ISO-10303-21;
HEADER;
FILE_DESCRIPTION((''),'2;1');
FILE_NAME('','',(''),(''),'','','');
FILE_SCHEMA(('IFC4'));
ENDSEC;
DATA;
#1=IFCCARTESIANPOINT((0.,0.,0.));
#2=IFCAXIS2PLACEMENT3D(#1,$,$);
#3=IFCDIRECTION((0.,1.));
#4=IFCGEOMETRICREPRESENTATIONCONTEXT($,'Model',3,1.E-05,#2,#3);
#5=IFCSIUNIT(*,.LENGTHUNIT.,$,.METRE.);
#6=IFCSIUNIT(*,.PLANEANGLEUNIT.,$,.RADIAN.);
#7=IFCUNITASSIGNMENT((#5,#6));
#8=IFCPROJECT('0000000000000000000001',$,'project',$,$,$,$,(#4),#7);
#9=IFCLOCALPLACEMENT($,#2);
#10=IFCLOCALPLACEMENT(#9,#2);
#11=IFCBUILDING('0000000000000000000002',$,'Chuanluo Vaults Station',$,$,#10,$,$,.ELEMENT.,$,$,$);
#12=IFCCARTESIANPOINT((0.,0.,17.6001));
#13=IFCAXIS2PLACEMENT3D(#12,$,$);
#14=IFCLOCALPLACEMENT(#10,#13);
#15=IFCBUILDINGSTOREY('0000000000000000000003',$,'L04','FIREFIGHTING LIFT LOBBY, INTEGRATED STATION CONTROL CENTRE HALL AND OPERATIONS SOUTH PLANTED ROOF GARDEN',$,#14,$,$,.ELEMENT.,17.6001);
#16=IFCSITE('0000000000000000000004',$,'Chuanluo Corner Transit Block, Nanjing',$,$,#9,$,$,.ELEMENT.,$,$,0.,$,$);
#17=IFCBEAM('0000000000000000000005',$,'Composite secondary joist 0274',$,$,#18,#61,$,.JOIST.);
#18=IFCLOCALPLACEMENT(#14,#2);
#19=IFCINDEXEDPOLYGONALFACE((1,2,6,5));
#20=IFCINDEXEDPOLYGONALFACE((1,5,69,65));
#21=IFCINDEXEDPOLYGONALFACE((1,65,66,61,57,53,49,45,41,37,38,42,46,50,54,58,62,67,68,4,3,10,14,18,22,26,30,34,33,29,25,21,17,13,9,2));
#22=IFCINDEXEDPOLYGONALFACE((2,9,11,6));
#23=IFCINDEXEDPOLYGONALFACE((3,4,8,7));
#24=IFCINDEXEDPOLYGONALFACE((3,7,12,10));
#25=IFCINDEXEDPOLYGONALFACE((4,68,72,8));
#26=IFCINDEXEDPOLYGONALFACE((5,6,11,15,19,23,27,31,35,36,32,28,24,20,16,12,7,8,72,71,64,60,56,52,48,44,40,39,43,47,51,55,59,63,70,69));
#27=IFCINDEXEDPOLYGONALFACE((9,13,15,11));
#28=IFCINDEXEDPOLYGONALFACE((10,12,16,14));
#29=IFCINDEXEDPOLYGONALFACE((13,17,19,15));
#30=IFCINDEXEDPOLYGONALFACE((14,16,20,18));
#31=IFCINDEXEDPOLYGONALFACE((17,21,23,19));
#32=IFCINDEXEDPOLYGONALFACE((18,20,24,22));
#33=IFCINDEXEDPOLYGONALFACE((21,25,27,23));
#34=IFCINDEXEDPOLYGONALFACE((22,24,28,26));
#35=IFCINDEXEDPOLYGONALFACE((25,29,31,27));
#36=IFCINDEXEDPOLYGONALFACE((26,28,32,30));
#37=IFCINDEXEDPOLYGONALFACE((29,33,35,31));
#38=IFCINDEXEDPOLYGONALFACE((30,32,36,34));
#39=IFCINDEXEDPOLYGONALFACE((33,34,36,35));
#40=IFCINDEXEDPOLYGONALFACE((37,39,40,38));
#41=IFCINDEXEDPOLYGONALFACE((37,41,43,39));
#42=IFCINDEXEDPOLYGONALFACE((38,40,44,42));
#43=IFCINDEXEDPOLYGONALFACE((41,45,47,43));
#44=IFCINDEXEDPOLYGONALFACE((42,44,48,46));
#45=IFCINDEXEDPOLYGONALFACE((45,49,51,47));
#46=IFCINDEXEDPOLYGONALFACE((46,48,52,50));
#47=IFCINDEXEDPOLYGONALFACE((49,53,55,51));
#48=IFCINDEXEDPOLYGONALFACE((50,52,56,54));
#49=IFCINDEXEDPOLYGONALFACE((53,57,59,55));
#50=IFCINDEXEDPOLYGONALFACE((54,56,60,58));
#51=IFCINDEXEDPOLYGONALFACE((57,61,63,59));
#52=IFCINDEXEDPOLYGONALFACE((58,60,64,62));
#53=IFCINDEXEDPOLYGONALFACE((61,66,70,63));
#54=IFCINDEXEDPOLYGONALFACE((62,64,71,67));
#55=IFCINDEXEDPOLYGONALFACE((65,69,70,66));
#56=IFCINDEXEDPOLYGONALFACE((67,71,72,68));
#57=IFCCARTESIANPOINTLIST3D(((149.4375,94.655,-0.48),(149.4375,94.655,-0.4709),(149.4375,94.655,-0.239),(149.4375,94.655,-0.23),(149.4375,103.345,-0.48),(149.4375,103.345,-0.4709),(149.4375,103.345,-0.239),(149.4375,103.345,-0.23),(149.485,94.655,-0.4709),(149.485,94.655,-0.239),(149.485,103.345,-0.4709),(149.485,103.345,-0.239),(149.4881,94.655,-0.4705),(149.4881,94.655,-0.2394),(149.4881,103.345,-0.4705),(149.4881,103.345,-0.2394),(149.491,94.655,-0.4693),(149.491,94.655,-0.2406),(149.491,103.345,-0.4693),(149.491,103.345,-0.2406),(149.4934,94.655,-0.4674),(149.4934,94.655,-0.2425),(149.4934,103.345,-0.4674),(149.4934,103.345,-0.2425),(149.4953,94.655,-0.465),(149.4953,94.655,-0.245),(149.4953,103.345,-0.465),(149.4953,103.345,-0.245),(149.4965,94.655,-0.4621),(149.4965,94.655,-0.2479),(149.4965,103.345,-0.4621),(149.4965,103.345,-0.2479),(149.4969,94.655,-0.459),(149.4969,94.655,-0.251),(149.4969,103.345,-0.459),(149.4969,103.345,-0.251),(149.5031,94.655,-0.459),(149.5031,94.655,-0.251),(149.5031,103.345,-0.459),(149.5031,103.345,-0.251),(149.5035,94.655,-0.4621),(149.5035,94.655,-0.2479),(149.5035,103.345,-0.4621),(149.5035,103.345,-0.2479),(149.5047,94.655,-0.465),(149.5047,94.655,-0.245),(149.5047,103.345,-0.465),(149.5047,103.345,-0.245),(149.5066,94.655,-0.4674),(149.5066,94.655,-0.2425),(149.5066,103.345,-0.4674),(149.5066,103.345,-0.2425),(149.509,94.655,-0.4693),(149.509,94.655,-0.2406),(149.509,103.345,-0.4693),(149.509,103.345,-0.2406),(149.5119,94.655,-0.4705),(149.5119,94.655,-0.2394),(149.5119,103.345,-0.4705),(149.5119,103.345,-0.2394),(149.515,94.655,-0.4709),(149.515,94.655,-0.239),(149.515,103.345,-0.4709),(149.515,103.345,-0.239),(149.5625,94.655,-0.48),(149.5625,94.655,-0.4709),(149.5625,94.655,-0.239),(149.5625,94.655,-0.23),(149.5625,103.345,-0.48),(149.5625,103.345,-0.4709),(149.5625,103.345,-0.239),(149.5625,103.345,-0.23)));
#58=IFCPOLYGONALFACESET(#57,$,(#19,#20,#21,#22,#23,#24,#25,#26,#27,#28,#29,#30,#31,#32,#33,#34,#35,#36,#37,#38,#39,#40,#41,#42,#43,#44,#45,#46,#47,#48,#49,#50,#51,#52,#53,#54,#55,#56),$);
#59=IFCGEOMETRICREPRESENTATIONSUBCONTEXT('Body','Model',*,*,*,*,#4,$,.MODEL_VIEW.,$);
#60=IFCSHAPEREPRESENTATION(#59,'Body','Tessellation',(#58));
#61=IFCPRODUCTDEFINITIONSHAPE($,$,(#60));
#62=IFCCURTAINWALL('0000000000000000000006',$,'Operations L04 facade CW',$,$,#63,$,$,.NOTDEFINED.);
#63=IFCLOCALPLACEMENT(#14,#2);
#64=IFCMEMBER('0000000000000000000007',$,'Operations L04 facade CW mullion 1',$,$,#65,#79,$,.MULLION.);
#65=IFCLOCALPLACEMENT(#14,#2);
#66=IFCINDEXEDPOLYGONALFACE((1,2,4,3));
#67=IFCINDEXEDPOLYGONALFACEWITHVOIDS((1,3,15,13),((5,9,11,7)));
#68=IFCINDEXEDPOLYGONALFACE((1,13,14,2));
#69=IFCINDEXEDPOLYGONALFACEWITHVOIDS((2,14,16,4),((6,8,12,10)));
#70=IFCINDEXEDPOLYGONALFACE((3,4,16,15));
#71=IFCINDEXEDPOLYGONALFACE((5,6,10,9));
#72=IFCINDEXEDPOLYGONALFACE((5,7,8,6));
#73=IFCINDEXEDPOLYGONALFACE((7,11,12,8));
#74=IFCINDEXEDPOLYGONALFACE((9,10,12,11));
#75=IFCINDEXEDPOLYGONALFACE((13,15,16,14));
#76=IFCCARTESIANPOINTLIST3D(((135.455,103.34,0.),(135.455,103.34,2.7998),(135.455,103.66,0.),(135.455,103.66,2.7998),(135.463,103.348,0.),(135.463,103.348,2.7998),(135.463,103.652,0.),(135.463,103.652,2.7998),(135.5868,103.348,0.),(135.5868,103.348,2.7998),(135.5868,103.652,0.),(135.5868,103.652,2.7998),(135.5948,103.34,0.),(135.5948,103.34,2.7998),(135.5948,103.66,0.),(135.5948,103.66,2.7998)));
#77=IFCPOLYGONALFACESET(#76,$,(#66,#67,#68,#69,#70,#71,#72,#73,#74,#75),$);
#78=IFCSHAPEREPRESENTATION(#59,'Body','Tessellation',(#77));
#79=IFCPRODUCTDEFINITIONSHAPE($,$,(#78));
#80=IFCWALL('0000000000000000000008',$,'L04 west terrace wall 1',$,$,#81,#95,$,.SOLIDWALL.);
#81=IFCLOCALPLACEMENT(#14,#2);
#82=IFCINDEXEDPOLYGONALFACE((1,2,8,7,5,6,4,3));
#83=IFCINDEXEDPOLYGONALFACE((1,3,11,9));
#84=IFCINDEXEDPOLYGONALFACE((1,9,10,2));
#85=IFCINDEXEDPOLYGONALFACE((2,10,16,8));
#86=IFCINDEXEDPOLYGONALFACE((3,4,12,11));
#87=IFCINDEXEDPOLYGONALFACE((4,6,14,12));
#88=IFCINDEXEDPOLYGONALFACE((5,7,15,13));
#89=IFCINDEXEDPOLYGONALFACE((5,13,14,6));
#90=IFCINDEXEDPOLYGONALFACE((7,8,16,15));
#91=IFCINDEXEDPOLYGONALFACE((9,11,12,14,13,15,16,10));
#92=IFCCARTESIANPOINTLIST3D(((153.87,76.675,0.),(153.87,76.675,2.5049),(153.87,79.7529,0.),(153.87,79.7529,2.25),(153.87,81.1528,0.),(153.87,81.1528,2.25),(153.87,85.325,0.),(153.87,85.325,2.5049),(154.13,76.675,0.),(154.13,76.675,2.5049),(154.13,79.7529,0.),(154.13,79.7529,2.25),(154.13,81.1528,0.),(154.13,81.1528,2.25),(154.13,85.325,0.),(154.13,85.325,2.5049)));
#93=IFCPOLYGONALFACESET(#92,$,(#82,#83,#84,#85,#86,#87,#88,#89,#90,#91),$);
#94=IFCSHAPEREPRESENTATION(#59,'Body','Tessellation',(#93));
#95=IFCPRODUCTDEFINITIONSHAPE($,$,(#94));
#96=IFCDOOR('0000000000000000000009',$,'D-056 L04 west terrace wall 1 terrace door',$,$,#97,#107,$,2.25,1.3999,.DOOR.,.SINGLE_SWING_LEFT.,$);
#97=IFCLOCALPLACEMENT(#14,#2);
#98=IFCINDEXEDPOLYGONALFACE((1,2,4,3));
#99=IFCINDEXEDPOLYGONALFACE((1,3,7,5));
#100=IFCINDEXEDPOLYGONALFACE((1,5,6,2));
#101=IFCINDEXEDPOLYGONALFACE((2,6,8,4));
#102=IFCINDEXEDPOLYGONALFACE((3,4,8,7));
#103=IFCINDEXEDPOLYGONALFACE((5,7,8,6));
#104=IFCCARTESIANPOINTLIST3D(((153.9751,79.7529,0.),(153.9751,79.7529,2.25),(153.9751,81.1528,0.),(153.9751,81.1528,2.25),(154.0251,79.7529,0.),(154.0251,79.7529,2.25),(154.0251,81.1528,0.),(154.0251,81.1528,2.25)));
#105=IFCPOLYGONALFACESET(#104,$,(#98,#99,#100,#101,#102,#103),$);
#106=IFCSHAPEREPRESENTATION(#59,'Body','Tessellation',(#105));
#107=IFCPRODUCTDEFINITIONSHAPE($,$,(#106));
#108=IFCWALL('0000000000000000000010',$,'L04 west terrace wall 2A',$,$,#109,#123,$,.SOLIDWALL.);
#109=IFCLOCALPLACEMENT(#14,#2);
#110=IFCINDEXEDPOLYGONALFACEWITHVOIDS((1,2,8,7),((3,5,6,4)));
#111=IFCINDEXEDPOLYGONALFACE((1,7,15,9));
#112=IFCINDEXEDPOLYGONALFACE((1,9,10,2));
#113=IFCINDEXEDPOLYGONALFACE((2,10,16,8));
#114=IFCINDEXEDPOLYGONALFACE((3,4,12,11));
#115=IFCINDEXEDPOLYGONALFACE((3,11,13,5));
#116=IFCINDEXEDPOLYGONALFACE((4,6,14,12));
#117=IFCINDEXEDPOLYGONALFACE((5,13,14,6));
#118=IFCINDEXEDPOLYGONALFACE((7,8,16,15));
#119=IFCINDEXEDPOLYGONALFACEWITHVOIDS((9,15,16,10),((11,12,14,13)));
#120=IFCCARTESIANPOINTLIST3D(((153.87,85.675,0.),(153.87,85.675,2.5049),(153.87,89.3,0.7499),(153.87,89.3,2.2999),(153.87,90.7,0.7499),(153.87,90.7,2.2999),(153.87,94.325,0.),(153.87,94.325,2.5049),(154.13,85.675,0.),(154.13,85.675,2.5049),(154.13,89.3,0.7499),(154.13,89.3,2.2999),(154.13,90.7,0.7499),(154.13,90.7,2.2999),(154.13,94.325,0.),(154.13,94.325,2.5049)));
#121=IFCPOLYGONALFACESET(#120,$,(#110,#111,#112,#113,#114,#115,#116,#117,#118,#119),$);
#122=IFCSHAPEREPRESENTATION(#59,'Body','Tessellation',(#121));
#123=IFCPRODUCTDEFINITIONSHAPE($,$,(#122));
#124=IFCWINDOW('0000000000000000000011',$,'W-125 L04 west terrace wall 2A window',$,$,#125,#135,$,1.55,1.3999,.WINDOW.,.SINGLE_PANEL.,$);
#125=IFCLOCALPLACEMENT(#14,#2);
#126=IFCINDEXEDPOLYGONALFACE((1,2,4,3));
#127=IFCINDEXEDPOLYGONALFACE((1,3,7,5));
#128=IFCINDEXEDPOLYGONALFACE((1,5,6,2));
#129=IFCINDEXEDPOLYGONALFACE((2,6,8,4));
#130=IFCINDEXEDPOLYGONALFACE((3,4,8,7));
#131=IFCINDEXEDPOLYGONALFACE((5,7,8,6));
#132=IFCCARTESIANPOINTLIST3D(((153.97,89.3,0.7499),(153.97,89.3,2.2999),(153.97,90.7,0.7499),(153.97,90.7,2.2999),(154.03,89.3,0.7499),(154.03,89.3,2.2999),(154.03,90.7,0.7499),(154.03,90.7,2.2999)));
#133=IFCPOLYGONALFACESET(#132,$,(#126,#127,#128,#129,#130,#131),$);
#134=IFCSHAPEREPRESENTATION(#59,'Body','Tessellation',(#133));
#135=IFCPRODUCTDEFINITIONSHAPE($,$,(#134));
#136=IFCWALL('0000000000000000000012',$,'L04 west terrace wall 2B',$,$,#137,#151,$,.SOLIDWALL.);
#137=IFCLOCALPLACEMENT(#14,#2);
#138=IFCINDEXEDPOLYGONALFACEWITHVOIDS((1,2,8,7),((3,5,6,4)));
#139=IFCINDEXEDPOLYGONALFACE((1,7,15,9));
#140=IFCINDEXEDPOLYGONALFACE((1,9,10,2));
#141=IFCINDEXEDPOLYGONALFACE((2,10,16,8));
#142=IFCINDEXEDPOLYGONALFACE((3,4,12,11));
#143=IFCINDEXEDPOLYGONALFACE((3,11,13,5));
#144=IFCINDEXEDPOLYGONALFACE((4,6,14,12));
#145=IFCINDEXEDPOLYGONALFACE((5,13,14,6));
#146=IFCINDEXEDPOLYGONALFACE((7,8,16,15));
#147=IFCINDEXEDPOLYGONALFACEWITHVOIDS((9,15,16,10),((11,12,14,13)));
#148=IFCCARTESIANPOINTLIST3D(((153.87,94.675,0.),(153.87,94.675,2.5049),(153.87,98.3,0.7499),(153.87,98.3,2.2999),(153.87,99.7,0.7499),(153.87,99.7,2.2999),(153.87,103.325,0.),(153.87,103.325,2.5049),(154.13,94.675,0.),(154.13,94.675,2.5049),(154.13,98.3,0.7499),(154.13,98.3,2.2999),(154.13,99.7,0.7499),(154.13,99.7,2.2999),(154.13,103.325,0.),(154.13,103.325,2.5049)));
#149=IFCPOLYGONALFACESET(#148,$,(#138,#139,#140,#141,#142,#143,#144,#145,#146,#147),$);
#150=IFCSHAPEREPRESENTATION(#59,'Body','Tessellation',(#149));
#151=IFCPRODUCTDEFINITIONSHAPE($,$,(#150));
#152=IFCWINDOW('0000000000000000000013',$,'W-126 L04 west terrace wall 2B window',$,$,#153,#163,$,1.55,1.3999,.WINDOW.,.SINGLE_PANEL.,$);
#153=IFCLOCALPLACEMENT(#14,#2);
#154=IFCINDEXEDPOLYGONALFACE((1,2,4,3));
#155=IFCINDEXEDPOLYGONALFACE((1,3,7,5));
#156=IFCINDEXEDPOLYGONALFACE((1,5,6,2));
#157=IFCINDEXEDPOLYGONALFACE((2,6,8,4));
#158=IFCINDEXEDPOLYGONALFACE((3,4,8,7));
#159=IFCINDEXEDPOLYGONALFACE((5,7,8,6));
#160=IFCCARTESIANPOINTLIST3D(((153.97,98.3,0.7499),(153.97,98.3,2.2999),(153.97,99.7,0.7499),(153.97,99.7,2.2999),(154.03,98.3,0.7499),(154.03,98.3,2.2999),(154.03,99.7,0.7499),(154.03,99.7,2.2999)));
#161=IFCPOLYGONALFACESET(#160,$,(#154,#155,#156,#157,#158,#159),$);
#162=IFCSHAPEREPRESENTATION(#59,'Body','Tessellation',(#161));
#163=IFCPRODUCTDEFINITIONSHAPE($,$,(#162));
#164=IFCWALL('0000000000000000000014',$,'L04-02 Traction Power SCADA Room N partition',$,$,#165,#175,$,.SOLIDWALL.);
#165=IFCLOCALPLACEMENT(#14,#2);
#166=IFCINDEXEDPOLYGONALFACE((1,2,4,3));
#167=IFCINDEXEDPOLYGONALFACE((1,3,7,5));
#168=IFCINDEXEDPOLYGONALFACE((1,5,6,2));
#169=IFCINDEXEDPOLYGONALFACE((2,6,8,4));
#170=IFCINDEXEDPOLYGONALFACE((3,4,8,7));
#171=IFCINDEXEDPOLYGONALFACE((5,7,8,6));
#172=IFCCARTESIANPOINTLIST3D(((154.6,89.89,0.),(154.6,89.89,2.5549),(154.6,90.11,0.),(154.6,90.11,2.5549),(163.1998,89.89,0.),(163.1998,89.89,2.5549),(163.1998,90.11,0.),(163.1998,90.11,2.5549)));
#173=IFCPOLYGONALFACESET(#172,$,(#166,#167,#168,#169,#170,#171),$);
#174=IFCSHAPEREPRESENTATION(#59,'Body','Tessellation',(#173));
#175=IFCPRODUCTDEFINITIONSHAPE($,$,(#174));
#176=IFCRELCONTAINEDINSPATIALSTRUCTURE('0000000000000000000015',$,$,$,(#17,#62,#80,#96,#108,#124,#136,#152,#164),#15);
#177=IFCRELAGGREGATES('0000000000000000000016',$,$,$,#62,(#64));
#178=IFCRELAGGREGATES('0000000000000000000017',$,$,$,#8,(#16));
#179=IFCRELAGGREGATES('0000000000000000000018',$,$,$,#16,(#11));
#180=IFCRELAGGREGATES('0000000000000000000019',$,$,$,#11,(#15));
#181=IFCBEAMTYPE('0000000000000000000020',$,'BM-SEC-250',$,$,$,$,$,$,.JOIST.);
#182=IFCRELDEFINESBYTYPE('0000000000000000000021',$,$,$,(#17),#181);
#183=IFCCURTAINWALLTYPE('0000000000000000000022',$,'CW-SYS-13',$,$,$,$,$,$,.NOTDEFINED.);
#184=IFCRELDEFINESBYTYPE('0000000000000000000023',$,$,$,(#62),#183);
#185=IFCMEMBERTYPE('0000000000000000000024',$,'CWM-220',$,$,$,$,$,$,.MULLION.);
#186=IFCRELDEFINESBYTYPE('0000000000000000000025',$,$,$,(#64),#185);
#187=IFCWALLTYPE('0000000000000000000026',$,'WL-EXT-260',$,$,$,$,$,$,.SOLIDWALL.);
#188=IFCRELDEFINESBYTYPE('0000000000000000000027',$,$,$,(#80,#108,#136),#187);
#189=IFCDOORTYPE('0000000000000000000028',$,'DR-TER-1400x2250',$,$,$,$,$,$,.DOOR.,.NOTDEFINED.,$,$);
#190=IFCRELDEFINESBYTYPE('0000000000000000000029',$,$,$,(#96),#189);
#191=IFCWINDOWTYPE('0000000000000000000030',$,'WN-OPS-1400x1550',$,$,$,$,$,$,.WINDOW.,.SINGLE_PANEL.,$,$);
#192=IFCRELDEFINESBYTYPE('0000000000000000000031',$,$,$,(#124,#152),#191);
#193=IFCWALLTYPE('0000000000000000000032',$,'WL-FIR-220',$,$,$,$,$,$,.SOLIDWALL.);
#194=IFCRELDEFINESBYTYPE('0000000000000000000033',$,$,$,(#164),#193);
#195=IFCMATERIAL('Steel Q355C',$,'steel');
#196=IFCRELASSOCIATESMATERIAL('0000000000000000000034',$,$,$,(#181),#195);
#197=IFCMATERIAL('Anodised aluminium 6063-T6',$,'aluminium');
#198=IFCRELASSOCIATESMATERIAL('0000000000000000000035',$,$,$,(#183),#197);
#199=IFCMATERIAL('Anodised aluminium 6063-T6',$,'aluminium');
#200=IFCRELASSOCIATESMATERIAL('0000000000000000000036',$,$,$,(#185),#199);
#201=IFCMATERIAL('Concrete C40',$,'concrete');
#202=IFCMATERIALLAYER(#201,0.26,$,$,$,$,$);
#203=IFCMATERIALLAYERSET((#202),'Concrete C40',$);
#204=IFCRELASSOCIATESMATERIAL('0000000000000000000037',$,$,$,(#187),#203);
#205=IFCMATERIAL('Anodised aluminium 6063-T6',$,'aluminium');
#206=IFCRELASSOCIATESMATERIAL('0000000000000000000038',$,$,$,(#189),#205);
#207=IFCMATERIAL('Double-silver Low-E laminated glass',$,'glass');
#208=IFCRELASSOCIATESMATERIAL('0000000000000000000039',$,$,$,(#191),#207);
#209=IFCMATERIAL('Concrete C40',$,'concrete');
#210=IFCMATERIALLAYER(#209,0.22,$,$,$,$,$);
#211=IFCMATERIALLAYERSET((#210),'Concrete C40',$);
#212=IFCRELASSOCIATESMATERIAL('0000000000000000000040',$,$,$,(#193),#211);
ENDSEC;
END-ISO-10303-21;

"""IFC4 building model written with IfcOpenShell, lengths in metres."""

from ifc_helpers import new_model, si_unit, direction, frame, frame_2d, origin, origin_2d, place, context, subcontext, project, spatial, rectangle, hollow_rectangle, i_section, extrude, material, layer, layer_set, material_profile, profile_set, type_object, element, fill, aggregate, save


model = new_model("IFC4")

# Units and contexts
model_context = context("Model", 3, precision=1e-05, world=origin(), true_north=direction((0.0, 1.0)))
body_context = subcontext(model_context, "Body", "Model", "MODEL_VIEW")
ifc_project = project(units=[si_unit("LENGTHUNIT", "METRE"), si_unit("PLANEANGLEUNIT", "RADIAN")], contexts=[model_context])

# Site, building, storey
site_placement = place(None, origin())
site = spatial("IfcSite", under=ifc_project, at=site_placement, Name="Chuanluo Corner Transit Block, Nanjing", CompositionType="ELEMENT", RefElevation=0.0)
building_placement = place(site_placement, origin())
building = spatial("IfcBuilding", under=site, at=building_placement, Name="Chuanluo Vaults Station", CompositionType="ELEMENT")
storey_placement = place(building_placement, frame((0.0, 0.0, 17.6001)))
storey = spatial("IfcBuildingStorey", under=building, at=storey_placement, Name="L04", Description="FIREFIGHTING LIFT LOBBY, INTEGRATED STATION CONTROL CENTRE HALL AND OPERATIONS SOUTH PLANTED ROOF GARDEN", CompositionType="ELEMENT", Elevation=17.6001)

# Beam
ifc_material_1 = material(Name="Steel Q355C", Category="steel")
ifc_material_profile_1 = material_profile(ifc_material_1, i_section(OverallWidth=0.125, OverallDepth=0.25, WebThickness=0.0061, FlangeThickness=0.009, FilletRadius=0.012, at=origin_2d()))
ifc_profile_set_1 = profile_set([ifc_material_profile_1], Name="Steel Q355C")
beam_type_1 = type_object("IfcBeamType", Name="BM-SEC-250", PredefinedType="JOIST", material=ifc_profile_set_1)
for number, where, z_axis, x_axis, name in (
    (1, (149.5, 94.655, -0.355), (0.0, 1.0, 0.0), (-1.0, 0.0, 0.0), "Composite secondary joist 0274"),
):
    element("IfcBeam", number, at=place(storey_placement, frame(where, z_axis=z_axis, x_axis=x_axis)), inside=storey, type_object=beam_type_1, Name=name, PredefinedType="JOIST", context=body_context, shape_type="SweptSolid", body=[
        extrude(i_section(OverallWidth=0.125, OverallDepth=0.25, WebThickness=0.0061, FlangeThickness=0.009, FilletRadius=0.012, at=origin_2d()), origin(), (0.0, 0.0, 1.0), 8.6899),
    ])

# Curtain wall, member
ifc_material_2 = material(Name="Anodised aluminium 6063-T6", Category="aluminium")
curtain_wall_type = type_object("IfcCurtainWallType", Name="CW-SYS-13", PredefinedType="NOTDEFINED", material=ifc_material_2)
curtain_wall_placement = place(storey_placement, origin())
curtain_wall = element("IfcCurtainWall", 2, at=curtain_wall_placement, inside=storey, type_object=curtain_wall_type, Name="Operations L04 facade CW", PredefinedType="NOTDEFINED")
ifc_material_3 = material(Name="Anodised aluminium 6063-T6", Category="aluminium")
ifc_material_profile_2 = material_profile(ifc_material_3, hollow_rectangle(XDim=0.1399, YDim=0.3201, WallThickness=0.0081, at=origin_2d()))
ifc_profile_set_2 = profile_set([ifc_material_profile_2], Name="Anodised aluminium 6063-T6")
member_type = type_object("IfcMemberType", Name="CWM-220", PredefinedType="MULLION", material=ifc_profile_set_2)
member_placement = place(storey_placement, frame((135.5249, 103.5, 0.0), z_axis=(0.0, 0.0, 1.0), x_axis=(-1.0, 0.0, 0.0)))
member = element("IfcMember", 3, at=member_placement, type_object=member_type, Name="Operations L04 facade CW mullion 1", PredefinedType="MULLION", context=body_context, shape_type="SweptSolid", body=[
    extrude(hollow_rectangle(XDim=0.1399, YDim=0.3201, WallThickness=0.0081, at=origin_2d()), origin(), (0.0, 0.0, 1.0), 2.7998),
])
aggregate(curtain_wall, [member])

# Wall, opening, door
ifc_material_4 = material(Name="Concrete C40", Category="concrete")
ifc_layer_1 = layer(ifc_material_4, 0.26)
ifc_layer_set_1 = layer_set([ifc_layer_1], Name="Concrete C40")
wall_type_1 = type_object("IfcWallType", Name="WL-EXT-260", PredefinedType="SOLIDWALL", material=ifc_layer_set_1)
wall_1_placement = place(storey_placement, frame((154.0, 76.675, 0.0), z_axis=(0.0, 0.0, 1.0), x_axis=(0.0, 1.0, 0.0)))
wall_1 = element("IfcWall", 4, at=wall_1_placement, inside=storey, type_object=wall_type_1, Name="L04 west terrace wall 1", PredefinedType="SOLIDWALL", context=body_context, shape_type="SweptSolid", body=[
    extrude(rectangle(XDim=8.6499, YDim=0.26, at=frame_2d((4.325, 0.0))), origin(), (0.0, 0.0, 1.0), 2.5049),
])
opening_1_placement = place(wall_1_placement, frame((3.0779, 0.0, 0.0)))
opening_1 = element("IfcOpeningElement", 5, at=opening_1_placement, cuts=wall_1, PredefinedType="OPENING", context=body_context, shape_type="SweptSolid", body=[
    extrude(rectangle(XDim=1.3999, YDim=2.25, at=frame_2d((0.7, 1.125))), frame((0.0, 0.1399, 0.0), z_axis=(0.0, -1.0, 0.0), x_axis=(1.0, 0.0, 0.0)), (0.0, 0.0, 1.0), 0.28),
])
ifc_material_5 = material(Name="Anodised aluminium 6063-T6", Category="aluminium")
door_type = type_object("IfcDoorType", Name="DR-TER-1400x2250", OperationType="NOTDEFINED", PredefinedType="DOOR", material=ifc_material_5)
door_placement = place(opening_1_placement, origin())
door = element("IfcDoor", 6, at=door_placement, inside=storey, type_object=door_type, Name="D-056 L04 west terrace wall 1 terrace door", OperationType="SINGLE_SWING_LEFT", OverallHeight=2.25, OverallWidth=1.3999, PredefinedType="DOOR", context=body_context, shape_type="SweptSolid", body=[
    extrude(rectangle(XDim=1.3999, YDim=2.25, at=frame_2d((0.7, 1.125))), frame((0.0, 0.0249, 0.0), z_axis=(0.0, -1.0, 0.0), x_axis=(1.0, 0.0, 0.0)), (0.0, 0.0, 1.0), 0.05),
])
fill(opening_1, door)

# Walls, openings, windows
wall_2_placement = place(storey_placement, frame((154.0, 85.675, 0.0), z_axis=(0.0, 0.0, 1.0), x_axis=(0.0, 1.0, 0.0)))
wall_2 = element("IfcWall", 7, at=wall_2_placement, inside=storey, type_object=wall_type_1, Name="L04 west terrace wall 2A", PredefinedType="SOLIDWALL", context=body_context, shape_type="SweptSolid", body=[
    extrude(rectangle(XDim=8.6499, YDim=0.26, at=frame_2d((4.325, 0.0))), origin(), (0.0, 0.0, 1.0), 2.5049),
])
opening_2_placement = place(wall_2_placement, frame((3.625, 0.0, 0.75)))
opening_2 = element("IfcOpeningElement", 8, at=opening_2_placement, cuts=wall_2, PredefinedType="OPENING", context=body_context, shape_type="SweptSolid", body=[
    extrude(rectangle(XDim=1.3999, YDim=1.55, at=frame_2d((0.7, 0.7749))), frame((0.0, 0.1399, 0.0), z_axis=(0.0, -1.0, 0.0), x_axis=(1.0, 0.0, 0.0)), (0.0, 0.0, 1.0), 0.28),
])
ifc_material_6 = material(Name="Double-silver Low-E laminated glass", Category="glass")
window_type = type_object("IfcWindowType", Name="WN-OPS-1400x1550", PartitioningType="SINGLE_PANEL", PredefinedType="WINDOW", material=ifc_material_6)
window_1_placement = place(opening_2_placement, origin())
window_1 = element("IfcWindow", 9, at=window_1_placement, inside=storey, type_object=window_type, Name="W-125 L04 west terrace wall 2A window", OverallHeight=1.55, OverallWidth=1.3999, PartitioningType="SINGLE_PANEL", PredefinedType="WINDOW", context=body_context, shape_type="SweptSolid", body=[
    extrude(rectangle(XDim=1.3999, YDim=1.55, at=frame_2d((0.7, 0.7749))), frame((0.0, 0.03, 0.0), z_axis=(0.0, -1.0, 0.0), x_axis=(1.0, 0.0, 0.0)), (0.0, 0.0, 1.0), 0.0601),
])
fill(opening_2, window_1)
wall_3_placement = place(storey_placement, frame((154.0, 94.675, 0.0), z_axis=(0.0, 0.0, 1.0), x_axis=(0.0, 1.0, 0.0)))
wall_3 = element("IfcWall", 10, at=wall_3_placement, inside=storey, type_object=wall_type_1, Name="L04 west terrace wall 2B", PredefinedType="SOLIDWALL", context=body_context, shape_type="SweptSolid", body=[
    extrude(rectangle(XDim=8.6499, YDim=0.26, at=frame_2d((4.325, 0.0))), origin(), (0.0, 0.0, 1.0), 2.5049),
])
opening_3_placement = place(wall_3_placement, frame((3.625, 0.0, 0.75)))
opening_3 = element("IfcOpeningElement", 11, at=opening_3_placement, cuts=wall_3, PredefinedType="OPENING", context=body_context, shape_type="SweptSolid", body=[
    extrude(rectangle(XDim=1.3999, YDim=1.55, at=frame_2d((0.7, 0.7749))), frame((0.0, 0.1399, 0.0), z_axis=(0.0, -1.0, 0.0), x_axis=(1.0, 0.0, 0.0)), (0.0, 0.0, 1.0), 0.28),
])
window_2_placement = place(opening_3_placement, origin())
window_2 = element("IfcWindow", 12, at=window_2_placement, inside=storey, type_object=window_type, Name="W-126 L04 west terrace wall 2B window", OverallHeight=1.55, OverallWidth=1.3999, PartitioningType="SINGLE_PANEL", PredefinedType="WINDOW", context=body_context, shape_type="SweptSolid", body=[
    extrude(rectangle(XDim=1.3999, YDim=1.55, at=frame_2d((0.7, 0.7749))), frame((0.0, 0.03, 0.0), z_axis=(0.0, -1.0, 0.0), x_axis=(1.0, 0.0, 0.0)), (0.0, 0.0, 1.0), 0.0601),
])
fill(opening_3, window_2)

# Wall
ifc_material_7 = material(Name="Concrete C40", Category="concrete")
ifc_layer_2 = layer(ifc_material_7, 0.22)
ifc_layer_set_2 = layer_set([ifc_layer_2], Name="Concrete C40")
wall_type_2 = type_object("IfcWallType", Name="WL-FIR-220", PredefinedType="SOLIDWALL", material=ifc_layer_set_2)
wall_4_placement = place(storey_placement, frame((154.6001, 90.0, 0.0), z_axis=(0.0, 0.0, 1.0), x_axis=(1.0, 0.0, 0.0)))
element("IfcWall", 13, at=wall_4_placement, inside=storey, type_object=wall_type_2, Name="L04-02 Traction Power SCADA Room N partition", PredefinedType="SOLIDWALL", context=body_context, shape_type="SweptSolid", body=[
    extrude(rectangle(XDim=8.5999, YDim=0.22, at=frame_2d((4.2998, 0.0))), origin(), (0.0, 0.0, 1.0), 2.5549),
])

save(model, "model.ifc")
